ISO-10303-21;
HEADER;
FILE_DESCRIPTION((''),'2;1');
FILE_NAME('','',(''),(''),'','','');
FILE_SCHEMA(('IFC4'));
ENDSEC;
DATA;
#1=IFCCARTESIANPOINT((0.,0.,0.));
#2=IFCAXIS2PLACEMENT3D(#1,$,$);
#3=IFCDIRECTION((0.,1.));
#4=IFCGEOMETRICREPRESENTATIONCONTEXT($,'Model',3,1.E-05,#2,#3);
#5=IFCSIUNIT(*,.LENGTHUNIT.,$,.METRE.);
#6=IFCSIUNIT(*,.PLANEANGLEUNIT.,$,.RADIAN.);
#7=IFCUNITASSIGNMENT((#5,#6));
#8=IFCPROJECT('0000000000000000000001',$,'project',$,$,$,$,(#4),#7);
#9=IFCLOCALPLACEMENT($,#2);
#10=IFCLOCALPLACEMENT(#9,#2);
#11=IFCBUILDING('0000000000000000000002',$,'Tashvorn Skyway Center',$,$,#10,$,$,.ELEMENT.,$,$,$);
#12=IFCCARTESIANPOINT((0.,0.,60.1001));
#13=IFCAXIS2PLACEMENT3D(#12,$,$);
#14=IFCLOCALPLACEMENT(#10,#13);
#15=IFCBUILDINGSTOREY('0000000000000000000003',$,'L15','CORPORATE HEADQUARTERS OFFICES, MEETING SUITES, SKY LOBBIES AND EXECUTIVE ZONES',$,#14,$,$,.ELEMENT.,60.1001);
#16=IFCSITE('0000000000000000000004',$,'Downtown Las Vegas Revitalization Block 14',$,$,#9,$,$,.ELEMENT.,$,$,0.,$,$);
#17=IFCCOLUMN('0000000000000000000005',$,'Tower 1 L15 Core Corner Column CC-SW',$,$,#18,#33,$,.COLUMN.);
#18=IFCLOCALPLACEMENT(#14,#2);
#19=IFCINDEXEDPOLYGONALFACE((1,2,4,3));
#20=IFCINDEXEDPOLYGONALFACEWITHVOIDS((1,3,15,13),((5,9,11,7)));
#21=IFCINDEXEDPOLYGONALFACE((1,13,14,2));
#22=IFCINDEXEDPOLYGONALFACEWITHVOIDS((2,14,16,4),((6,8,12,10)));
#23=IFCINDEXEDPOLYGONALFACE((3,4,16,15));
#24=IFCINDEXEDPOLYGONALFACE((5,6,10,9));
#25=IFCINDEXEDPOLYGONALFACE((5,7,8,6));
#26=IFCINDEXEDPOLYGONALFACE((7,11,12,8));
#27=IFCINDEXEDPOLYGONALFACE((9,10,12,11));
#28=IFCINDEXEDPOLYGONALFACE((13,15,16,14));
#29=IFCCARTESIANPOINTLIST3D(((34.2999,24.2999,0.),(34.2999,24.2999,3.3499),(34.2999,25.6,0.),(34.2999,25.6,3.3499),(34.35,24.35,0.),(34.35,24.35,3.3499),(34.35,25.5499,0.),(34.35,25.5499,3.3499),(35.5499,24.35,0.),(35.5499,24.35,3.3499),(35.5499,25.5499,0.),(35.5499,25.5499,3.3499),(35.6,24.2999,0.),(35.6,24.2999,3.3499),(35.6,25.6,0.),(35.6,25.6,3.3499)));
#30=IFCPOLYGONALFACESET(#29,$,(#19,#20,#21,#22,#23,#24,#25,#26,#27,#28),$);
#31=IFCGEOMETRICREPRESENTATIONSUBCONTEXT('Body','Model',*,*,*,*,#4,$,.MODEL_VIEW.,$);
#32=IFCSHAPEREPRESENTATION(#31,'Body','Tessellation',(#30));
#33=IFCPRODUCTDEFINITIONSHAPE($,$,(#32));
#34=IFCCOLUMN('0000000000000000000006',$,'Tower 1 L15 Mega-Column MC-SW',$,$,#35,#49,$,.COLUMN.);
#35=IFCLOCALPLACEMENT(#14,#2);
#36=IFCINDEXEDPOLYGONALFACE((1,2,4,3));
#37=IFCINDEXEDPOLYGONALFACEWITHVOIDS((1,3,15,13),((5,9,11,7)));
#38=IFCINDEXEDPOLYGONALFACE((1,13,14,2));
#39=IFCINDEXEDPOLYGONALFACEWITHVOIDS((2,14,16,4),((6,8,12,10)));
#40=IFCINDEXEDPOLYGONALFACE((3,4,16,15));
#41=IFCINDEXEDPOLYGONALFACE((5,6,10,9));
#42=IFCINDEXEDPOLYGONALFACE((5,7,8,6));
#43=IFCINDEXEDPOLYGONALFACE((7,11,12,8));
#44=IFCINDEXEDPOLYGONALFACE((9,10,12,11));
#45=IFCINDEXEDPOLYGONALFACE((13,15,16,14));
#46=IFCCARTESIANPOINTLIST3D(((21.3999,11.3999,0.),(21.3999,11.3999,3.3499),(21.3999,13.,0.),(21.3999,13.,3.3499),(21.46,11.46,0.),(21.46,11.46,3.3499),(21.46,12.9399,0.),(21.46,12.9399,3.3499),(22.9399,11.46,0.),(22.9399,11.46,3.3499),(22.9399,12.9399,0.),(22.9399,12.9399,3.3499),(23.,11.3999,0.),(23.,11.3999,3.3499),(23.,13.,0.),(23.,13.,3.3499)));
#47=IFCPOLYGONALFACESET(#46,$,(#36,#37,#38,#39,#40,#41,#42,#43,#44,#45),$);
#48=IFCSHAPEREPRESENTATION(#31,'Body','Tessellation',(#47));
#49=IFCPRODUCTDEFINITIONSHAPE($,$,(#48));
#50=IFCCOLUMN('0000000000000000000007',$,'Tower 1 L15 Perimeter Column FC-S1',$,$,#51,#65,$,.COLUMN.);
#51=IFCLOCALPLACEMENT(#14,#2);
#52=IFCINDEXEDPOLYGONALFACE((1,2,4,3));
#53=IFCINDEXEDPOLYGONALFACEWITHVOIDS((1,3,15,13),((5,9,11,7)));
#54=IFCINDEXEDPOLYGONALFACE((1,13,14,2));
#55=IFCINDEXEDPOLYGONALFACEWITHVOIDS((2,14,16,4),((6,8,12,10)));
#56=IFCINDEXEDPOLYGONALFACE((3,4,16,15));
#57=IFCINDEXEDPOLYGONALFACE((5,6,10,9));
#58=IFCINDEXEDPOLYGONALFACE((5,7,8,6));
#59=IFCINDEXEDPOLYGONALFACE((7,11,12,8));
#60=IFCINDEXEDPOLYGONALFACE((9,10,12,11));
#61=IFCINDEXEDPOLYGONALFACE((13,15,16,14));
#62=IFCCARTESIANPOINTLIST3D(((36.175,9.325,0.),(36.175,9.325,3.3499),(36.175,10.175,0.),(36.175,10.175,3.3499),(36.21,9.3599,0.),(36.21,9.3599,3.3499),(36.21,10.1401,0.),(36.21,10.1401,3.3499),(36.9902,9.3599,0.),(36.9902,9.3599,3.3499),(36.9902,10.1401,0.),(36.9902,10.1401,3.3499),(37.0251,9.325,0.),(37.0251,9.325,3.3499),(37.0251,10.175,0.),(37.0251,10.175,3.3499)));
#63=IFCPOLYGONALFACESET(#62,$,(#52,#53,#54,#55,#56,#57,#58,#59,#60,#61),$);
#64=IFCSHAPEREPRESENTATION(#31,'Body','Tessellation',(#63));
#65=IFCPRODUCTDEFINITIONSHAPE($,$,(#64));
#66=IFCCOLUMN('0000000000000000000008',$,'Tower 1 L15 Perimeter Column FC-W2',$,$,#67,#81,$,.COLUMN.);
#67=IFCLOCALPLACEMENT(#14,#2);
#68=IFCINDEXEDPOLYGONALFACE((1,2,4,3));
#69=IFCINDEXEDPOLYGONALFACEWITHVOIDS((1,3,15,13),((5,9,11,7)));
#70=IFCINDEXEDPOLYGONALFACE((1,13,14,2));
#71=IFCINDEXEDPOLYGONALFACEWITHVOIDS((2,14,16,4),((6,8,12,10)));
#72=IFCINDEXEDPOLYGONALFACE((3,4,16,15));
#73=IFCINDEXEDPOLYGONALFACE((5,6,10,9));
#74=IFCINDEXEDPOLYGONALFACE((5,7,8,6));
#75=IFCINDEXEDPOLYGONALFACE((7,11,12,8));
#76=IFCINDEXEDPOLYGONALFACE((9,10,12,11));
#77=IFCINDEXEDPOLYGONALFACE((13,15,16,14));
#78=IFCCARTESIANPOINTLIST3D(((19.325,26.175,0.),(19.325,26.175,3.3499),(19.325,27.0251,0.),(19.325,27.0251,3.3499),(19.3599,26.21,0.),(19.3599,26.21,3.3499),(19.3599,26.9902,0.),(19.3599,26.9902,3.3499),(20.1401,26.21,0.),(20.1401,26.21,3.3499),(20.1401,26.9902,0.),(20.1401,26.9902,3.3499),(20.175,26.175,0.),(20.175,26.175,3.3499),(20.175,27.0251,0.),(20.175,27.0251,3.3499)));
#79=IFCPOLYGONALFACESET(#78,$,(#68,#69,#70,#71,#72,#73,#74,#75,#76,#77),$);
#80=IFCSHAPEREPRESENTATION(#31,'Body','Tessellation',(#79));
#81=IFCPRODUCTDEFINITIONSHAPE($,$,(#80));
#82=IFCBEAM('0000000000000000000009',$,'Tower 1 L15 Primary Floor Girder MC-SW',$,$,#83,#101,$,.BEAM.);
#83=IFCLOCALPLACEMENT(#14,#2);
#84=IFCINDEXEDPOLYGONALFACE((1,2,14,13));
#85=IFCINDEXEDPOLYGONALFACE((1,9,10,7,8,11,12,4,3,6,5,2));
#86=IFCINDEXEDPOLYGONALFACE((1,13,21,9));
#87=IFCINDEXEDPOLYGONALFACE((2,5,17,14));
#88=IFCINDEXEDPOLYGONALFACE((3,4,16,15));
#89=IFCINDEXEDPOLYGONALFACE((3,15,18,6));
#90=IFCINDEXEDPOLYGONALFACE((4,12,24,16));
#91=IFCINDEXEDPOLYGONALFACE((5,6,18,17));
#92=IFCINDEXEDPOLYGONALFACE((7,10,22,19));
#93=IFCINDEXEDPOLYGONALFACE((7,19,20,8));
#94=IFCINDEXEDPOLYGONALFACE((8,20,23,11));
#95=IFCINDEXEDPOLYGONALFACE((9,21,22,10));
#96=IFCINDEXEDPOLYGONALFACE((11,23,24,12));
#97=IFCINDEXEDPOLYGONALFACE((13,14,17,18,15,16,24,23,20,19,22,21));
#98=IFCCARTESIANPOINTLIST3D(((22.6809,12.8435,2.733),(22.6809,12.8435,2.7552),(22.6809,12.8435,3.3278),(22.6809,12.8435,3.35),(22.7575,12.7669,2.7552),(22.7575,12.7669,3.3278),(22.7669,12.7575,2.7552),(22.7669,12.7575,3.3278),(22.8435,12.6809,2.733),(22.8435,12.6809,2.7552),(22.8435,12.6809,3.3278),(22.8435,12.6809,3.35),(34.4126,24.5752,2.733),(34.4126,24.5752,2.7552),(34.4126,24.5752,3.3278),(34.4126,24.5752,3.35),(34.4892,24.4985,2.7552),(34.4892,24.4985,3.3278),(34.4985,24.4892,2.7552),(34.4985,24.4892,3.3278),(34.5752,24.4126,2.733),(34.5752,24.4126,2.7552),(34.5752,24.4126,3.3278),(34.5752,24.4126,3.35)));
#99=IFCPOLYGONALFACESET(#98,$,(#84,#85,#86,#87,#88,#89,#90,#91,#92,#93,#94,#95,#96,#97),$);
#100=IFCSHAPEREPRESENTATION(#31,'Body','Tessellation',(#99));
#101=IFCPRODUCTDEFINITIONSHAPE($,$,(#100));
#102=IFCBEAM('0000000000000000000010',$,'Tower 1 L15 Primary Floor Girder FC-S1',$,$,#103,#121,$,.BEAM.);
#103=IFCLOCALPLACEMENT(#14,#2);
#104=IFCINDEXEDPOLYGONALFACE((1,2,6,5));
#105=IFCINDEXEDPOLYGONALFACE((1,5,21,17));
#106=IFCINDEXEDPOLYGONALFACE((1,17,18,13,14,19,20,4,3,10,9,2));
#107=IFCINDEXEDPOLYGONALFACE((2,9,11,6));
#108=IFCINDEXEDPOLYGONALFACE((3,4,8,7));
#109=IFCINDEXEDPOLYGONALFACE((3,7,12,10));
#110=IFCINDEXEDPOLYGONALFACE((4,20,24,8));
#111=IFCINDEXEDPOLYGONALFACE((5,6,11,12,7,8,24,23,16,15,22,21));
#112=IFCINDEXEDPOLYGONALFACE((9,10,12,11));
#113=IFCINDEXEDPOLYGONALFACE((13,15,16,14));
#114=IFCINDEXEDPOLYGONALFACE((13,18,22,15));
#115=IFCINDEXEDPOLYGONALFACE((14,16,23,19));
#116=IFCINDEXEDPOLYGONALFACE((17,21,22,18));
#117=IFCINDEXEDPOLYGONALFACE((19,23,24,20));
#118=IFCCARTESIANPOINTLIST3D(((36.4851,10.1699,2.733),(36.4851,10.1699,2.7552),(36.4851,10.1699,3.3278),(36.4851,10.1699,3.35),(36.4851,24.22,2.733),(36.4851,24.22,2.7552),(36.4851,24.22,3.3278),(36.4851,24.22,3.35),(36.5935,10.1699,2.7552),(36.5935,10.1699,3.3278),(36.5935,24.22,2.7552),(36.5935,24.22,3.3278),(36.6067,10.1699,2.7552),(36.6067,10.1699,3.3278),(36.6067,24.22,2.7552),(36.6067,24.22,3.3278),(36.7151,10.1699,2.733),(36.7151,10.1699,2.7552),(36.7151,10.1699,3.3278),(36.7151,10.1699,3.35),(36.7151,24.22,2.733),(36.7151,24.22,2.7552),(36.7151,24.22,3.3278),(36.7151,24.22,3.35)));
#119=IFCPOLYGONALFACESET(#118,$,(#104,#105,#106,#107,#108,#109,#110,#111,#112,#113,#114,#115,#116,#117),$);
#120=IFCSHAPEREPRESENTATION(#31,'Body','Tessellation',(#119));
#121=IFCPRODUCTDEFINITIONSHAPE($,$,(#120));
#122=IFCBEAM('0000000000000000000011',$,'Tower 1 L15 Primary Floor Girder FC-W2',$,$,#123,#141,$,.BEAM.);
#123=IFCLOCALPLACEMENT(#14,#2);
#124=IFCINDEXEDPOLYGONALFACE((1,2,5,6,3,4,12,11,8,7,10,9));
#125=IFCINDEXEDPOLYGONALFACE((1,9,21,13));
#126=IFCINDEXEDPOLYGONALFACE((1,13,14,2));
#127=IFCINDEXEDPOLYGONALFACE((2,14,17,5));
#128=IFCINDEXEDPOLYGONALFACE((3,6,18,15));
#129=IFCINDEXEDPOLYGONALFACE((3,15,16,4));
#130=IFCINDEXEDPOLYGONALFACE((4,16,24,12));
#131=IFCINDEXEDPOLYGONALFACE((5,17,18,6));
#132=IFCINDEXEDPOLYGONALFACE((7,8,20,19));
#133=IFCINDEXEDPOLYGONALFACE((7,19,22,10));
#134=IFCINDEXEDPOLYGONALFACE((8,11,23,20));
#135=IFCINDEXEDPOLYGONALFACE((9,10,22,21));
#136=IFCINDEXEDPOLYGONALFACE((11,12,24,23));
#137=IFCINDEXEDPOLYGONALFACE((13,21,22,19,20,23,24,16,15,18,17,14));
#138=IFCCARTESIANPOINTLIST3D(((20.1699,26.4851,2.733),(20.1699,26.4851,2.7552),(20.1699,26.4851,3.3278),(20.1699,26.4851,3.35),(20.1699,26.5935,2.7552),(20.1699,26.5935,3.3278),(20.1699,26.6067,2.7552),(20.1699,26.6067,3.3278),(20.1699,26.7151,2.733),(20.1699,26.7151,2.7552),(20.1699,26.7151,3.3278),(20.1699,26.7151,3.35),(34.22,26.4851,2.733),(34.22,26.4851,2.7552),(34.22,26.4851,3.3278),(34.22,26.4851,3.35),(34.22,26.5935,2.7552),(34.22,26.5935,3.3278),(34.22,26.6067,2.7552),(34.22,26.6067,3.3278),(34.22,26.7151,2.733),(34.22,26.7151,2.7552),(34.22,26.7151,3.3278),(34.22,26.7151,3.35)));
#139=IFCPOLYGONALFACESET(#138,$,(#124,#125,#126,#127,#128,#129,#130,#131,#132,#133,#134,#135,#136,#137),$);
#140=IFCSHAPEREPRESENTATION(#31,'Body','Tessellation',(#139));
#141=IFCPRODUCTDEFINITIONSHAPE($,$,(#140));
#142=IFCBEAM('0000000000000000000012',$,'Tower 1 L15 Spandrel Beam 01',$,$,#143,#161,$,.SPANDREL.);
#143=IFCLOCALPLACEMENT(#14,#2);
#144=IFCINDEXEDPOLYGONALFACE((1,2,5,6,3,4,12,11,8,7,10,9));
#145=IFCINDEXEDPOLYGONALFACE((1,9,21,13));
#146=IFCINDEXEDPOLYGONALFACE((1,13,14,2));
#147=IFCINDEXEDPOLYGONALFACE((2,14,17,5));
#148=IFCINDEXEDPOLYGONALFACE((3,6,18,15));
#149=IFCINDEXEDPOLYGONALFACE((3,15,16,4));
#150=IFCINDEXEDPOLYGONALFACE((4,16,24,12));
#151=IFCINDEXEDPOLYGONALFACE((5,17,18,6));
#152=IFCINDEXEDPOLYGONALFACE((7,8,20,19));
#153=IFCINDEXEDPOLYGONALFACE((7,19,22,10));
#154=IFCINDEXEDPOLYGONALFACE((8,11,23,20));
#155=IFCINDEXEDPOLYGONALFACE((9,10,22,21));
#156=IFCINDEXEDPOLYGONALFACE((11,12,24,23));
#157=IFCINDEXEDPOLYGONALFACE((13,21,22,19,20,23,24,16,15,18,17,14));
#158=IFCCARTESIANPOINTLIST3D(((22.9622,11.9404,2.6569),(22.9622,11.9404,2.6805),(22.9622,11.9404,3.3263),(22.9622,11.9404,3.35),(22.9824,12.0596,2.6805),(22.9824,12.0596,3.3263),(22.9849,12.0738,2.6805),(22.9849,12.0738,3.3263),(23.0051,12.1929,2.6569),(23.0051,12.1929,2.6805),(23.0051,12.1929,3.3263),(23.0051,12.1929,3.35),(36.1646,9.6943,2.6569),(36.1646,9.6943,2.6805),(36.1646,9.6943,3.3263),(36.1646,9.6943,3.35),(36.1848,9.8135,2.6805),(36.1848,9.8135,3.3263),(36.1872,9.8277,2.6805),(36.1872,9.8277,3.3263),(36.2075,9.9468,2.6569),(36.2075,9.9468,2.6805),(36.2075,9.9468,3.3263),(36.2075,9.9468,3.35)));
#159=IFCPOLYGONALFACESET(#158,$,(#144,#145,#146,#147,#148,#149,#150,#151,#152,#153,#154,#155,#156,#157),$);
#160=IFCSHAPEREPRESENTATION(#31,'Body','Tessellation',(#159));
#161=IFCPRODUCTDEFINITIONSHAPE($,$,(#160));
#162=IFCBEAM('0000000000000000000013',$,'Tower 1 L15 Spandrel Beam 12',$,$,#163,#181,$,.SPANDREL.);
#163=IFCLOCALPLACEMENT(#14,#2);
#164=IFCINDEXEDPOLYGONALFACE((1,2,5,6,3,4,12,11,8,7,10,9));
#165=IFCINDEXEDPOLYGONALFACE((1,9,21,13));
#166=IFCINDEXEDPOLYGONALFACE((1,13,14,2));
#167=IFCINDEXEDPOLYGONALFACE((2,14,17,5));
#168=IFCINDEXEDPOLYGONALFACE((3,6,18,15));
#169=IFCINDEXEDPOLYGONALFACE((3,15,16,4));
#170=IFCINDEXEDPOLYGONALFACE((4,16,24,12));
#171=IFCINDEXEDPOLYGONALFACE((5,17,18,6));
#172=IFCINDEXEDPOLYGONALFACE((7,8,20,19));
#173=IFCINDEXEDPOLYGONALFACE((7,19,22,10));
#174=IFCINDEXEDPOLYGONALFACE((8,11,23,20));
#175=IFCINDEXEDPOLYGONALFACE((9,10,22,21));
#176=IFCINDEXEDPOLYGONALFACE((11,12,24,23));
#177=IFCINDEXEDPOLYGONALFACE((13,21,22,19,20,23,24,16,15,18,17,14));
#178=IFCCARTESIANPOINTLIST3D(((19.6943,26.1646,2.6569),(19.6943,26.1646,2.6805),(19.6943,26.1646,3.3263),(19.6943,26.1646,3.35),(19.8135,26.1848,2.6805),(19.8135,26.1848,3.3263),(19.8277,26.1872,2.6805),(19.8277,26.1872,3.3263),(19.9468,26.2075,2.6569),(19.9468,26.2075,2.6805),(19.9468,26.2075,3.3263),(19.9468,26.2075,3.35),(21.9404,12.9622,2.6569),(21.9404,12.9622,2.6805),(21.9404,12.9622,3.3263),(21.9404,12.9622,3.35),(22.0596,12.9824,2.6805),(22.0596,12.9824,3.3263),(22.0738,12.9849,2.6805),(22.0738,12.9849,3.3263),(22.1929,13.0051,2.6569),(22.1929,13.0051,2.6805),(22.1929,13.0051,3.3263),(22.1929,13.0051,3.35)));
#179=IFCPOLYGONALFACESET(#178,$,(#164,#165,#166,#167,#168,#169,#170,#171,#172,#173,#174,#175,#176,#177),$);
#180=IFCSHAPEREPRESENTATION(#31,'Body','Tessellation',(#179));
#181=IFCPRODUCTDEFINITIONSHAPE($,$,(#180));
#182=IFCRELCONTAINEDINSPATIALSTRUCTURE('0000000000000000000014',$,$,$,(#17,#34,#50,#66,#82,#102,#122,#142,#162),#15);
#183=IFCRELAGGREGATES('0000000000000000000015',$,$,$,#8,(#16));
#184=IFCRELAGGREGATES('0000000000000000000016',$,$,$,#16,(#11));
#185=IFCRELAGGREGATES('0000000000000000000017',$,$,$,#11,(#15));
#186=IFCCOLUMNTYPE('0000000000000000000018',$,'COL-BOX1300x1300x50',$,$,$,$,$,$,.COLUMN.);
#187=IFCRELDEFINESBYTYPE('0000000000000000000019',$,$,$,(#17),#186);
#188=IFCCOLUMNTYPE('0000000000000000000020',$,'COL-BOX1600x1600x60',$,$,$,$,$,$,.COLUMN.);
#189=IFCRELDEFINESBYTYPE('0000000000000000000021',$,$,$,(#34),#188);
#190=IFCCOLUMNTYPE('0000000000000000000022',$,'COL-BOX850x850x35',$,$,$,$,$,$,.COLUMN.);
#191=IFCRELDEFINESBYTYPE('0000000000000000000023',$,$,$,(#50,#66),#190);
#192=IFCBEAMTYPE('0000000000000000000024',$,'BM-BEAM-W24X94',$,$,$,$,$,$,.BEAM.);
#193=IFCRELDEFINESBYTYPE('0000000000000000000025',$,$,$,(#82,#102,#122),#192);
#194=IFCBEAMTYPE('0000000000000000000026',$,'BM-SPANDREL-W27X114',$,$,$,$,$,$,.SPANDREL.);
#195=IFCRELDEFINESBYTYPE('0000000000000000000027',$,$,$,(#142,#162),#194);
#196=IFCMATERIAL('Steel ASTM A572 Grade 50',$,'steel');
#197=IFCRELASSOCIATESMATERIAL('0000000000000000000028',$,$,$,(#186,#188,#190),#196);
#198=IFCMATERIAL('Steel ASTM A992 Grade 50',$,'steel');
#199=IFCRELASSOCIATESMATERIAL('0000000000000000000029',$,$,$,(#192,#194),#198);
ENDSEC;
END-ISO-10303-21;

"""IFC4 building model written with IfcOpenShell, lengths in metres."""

from ifc_helpers import new_model, si_unit, direction, frame, origin, origin_2d, place, context, subcontext, project, spatial, hollow_rectangle, i_section, extrude, material, material_profile, profile_set, type_object, element, save


model = new_model("IFC4")

# Units and contexts
model_context = context("Model", 3, precision=1e-05, world=origin(), true_north=direction((0.0, 1.0)))
body_context = subcontext(model_context, "Body", "Model", "MODEL_VIEW")
ifc_project = project(units=[si_unit("LENGTHUNIT", "METRE"), si_unit("PLANEANGLEUNIT", "RADIAN")], contexts=[model_context])

# Site, building, storey
site_placement = place(None, origin())
site = spatial("IfcSite", under=ifc_project, at=site_placement, Name="Downtown Las Vegas Revitalization Block 14", CompositionType="ELEMENT", RefElevation=0.0)
building_placement = place(site_placement, origin())
building = spatial("IfcBuilding", under=site, at=building_placement, Name="Tashvorn Skyway Center", CompositionType="ELEMENT")
storey_placement = place(building_placement, frame((0.0, 0.0, 60.1001)))
storey = spatial("IfcBuildingStorey", under=building, at=storey_placement, Name="L15", Description="CORPORATE HEADQUARTERS OFFICES, MEETING SUITES, SKY LOBBIES AND EXECUTIVE ZONES", CompositionType="ELEMENT", Elevation=60.1001)

# Columns
ifc_material_1 = material(Name="Steel ASTM A572 Grade 50", Category="steel")
ifc_material_profile_1 = material_profile(ifc_material_1, hollow_rectangle(XDim=1.3, YDim=1.3, WallThickness=0.05, at=origin_2d()), Name="BOX1300x1300x50")
ifc_profile_set_1 = profile_set([ifc_material_profile_1], Name="Steel ASTM A572 Grade 50")
column_type_1 = type_object("IfcColumnType", Name="COL-BOX1300x1300x50", PredefinedType="COLUMN", material=ifc_profile_set_1)
column_1_placement = place(storey_placement, frame((34.95, 24.95, 0.0), z_axis=(0.0, 0.0, 1.0), x_axis=(1.0, 0.0, 0.0)))
element("IfcColumn", 1, at=column_1_placement, inside=storey, type_object=column_type_1, Name="Tower 1 L15 Core Corner Column CC-SW", PredefinedType="COLUMN", context=body_context, shape_type="SweptSolid", body=[
    extrude(hollow_rectangle(XDim=1.3, YDim=1.3, WallThickness=0.05, at=origin_2d()), origin(), (0.0, 0.0, 1.0), 3.3499),
])
ifc_material_profile_2 = material_profile(ifc_material_1, hollow_rectangle(XDim=1.6001, YDim=1.6001, WallThickness=0.0601, at=origin_2d()), Name="BOX1600x1600x60")
ifc_profile_set_2 = profile_set([ifc_material_profile_2], Name="Steel ASTM A572 Grade 50")
column_type_2 = type_object("IfcColumnType", Name="COL-BOX1600x1600x60", PredefinedType="COLUMN", material=ifc_profile_set_2)
column_2_placement = place(storey_placement, frame((22.2, 12.2, 0.0), z_axis=(0.0, 0.0, 1.0), x_axis=(1.0, 0.0, 0.0)))
element("IfcColumn", 2, at=column_2_placement, inside=storey, type_object=column_type_2, Name="Tower 1 L15 Mega-Column MC-SW", PredefinedType="COLUMN", context=body_context, shape_type="SweptSolid", body=[
    extrude(hollow_rectangle(XDim=1.6001, YDim=1.6001, WallThickness=0.0601, at=origin_2d()), origin(), (0.0, 0.0, 1.0), 3.3499),
])
ifc_material_profile_3 = material_profile(ifc_material_1, hollow_rectangle(XDim=0.8501, YDim=0.8501, WallThickness=0.0349, at=origin_2d()), Name="BOX850x850x35")
ifc_profile_set_3 = profile_set([ifc_material_profile_3], Name="Steel ASTM A572 Grade 50")
column_type_3 = type_object("IfcColumnType", Name="COL-BOX850x850x35", PredefinedType="COLUMN", material=ifc_profile_set_3)
for number, where, z_axis, x_axis, name in (
    (3, (36.6001, 9.75, 0.0), (0.0, 0.0, 1.0), (1.0, 0.0, 0.0), "Tower 1 L15 Perimeter Column FC-S1"),
    (4, (19.75, 26.6001, 0.0), (0.0, 0.0, 1.0), (1.0, 0.0, 0.0), "Tower 1 L15 Perimeter Column FC-W2"),
):
    element("IfcColumn", number, at=place(storey_placement, frame(where, z_axis=z_axis, x_axis=x_axis)), inside=storey, type_object=column_type_3, Name=name, PredefinedType="COLUMN", context=body_context, shape_type="SweptSolid", body=[
        extrude(hollow_rectangle(XDim=0.8501, YDim=0.8501, WallThickness=0.0349, at=origin_2d()), origin(), (0.0, 0.0, 1.0), 3.3499),
    ])

# Beams
ifc_material_2 = material(Name="Steel ASTM A992 Grade 50", Category="steel")
ifc_material_profile_4 = material_profile(ifc_material_2, i_section(OverallWidth=0.23, OverallDepth=0.6169, WebThickness=0.0132, FlangeThickness=0.0222, at=origin_2d()), Name="W24X94")
ifc_profile_set_4 = profile_set([ifc_material_profile_4], Name="Steel ASTM A992 Grade 50")
beam_type_1 = type_object("IfcBeamType", Name="BM-BEAM-W24X94", PredefinedType="BEAM", material=ifc_profile_set_4)
beam_placement = place(storey_placement, frame((22.7622, 12.7622, 3.0415), z_axis=(0.707107, 0.707107, 0.0), x_axis=(-0.707107, 0.707107, 0.0)))
element("IfcBeam", 5, at=beam_placement, inside=storey, type_object=beam_type_1, Name="Tower 1 L15 Primary Floor Girder MC-SW", PredefinedType="BEAM", context=body_context, shape_type="SweptSolid", body=[
    extrude(i_section(OverallWidth=0.23, OverallDepth=0.6169, WebThickness=0.0132, FlangeThickness=0.0222, at=origin_2d()), origin(), (0.0, 0.0, 1.0), 16.5911),
])
for number, where, z_axis, x_axis, name in (
    (6, (36.6001, 10.1699, 3.0415), (0.0, 1.0, 0.0), (-1.0, 0.0, 0.0), "Tower 1 L15 Primary Floor Girder FC-S1"),
    (7, (20.1699, 26.6001, 3.0415), (1.0, 0.0, 0.0), (0.0, 1.0, 0.0), "Tower 1 L15 Primary Floor Girder FC-W2"),
):
    element("IfcBeam", number, at=place(storey_placement, frame(where, z_axis=z_axis, x_axis=x_axis)), inside=storey, type_object=beam_type_1, Name=name, PredefinedType="BEAM", context=body_context, shape_type="SweptSolid", body=[
        extrude(i_section(OverallWidth=0.23, OverallDepth=0.6169, WebThickness=0.0132, FlangeThickness=0.0222, at=origin_2d()), origin(), (0.0, 0.0, 1.0), 14.05),
    ])
ifc_material_profile_5 = material_profile(ifc_material_2, i_section(OverallWidth=0.2561, OverallDepth=0.6931, WebThickness=0.0144, FlangeThickness=0.0237, at=origin_2d()), Name="W27X114")
ifc_profile_set_5 = profile_set([ifc_material_profile_5], Name="Steel ASTM A992 Grade 50")
beam_type_2 = type_object("IfcBeamType", Name="BM-SPANDREL-W27X114", PredefinedType="SPANDREL", material=ifc_profile_set_5)
for number, where, z_axis, x_axis, name in (
    (8, (22.9836, 12.0667, 3.0034), (0.985835, -0.167718, 0.0), (0.167718, 0.985835, 0.0), "Tower 1 L15 Spandrel Beam 01"),
    (9, (19.8206, 26.186, 3.0034), (0.167718, -0.985835, 0.0), (0.985835, 0.167718, 0.0), "Tower 1 L15 Spandrel Beam 12"),
):
    element("IfcBeam", number, at=place(storey_placement, frame(where, z_axis=z_axis, x_axis=x_axis)), inside=storey, type_object=beam_type_2, Name=name, PredefinedType="SPANDREL", context=body_context, shape_type="SweptSolid", body=[
        extrude(i_section(OverallWidth=0.2561, OverallDepth=0.6931, WebThickness=0.0144, FlangeThickness=0.0237, at=origin_2d()), origin(), (0.0, 0.0, 1.0), 13.3921),
    ])

save(model, "model.ifc")
